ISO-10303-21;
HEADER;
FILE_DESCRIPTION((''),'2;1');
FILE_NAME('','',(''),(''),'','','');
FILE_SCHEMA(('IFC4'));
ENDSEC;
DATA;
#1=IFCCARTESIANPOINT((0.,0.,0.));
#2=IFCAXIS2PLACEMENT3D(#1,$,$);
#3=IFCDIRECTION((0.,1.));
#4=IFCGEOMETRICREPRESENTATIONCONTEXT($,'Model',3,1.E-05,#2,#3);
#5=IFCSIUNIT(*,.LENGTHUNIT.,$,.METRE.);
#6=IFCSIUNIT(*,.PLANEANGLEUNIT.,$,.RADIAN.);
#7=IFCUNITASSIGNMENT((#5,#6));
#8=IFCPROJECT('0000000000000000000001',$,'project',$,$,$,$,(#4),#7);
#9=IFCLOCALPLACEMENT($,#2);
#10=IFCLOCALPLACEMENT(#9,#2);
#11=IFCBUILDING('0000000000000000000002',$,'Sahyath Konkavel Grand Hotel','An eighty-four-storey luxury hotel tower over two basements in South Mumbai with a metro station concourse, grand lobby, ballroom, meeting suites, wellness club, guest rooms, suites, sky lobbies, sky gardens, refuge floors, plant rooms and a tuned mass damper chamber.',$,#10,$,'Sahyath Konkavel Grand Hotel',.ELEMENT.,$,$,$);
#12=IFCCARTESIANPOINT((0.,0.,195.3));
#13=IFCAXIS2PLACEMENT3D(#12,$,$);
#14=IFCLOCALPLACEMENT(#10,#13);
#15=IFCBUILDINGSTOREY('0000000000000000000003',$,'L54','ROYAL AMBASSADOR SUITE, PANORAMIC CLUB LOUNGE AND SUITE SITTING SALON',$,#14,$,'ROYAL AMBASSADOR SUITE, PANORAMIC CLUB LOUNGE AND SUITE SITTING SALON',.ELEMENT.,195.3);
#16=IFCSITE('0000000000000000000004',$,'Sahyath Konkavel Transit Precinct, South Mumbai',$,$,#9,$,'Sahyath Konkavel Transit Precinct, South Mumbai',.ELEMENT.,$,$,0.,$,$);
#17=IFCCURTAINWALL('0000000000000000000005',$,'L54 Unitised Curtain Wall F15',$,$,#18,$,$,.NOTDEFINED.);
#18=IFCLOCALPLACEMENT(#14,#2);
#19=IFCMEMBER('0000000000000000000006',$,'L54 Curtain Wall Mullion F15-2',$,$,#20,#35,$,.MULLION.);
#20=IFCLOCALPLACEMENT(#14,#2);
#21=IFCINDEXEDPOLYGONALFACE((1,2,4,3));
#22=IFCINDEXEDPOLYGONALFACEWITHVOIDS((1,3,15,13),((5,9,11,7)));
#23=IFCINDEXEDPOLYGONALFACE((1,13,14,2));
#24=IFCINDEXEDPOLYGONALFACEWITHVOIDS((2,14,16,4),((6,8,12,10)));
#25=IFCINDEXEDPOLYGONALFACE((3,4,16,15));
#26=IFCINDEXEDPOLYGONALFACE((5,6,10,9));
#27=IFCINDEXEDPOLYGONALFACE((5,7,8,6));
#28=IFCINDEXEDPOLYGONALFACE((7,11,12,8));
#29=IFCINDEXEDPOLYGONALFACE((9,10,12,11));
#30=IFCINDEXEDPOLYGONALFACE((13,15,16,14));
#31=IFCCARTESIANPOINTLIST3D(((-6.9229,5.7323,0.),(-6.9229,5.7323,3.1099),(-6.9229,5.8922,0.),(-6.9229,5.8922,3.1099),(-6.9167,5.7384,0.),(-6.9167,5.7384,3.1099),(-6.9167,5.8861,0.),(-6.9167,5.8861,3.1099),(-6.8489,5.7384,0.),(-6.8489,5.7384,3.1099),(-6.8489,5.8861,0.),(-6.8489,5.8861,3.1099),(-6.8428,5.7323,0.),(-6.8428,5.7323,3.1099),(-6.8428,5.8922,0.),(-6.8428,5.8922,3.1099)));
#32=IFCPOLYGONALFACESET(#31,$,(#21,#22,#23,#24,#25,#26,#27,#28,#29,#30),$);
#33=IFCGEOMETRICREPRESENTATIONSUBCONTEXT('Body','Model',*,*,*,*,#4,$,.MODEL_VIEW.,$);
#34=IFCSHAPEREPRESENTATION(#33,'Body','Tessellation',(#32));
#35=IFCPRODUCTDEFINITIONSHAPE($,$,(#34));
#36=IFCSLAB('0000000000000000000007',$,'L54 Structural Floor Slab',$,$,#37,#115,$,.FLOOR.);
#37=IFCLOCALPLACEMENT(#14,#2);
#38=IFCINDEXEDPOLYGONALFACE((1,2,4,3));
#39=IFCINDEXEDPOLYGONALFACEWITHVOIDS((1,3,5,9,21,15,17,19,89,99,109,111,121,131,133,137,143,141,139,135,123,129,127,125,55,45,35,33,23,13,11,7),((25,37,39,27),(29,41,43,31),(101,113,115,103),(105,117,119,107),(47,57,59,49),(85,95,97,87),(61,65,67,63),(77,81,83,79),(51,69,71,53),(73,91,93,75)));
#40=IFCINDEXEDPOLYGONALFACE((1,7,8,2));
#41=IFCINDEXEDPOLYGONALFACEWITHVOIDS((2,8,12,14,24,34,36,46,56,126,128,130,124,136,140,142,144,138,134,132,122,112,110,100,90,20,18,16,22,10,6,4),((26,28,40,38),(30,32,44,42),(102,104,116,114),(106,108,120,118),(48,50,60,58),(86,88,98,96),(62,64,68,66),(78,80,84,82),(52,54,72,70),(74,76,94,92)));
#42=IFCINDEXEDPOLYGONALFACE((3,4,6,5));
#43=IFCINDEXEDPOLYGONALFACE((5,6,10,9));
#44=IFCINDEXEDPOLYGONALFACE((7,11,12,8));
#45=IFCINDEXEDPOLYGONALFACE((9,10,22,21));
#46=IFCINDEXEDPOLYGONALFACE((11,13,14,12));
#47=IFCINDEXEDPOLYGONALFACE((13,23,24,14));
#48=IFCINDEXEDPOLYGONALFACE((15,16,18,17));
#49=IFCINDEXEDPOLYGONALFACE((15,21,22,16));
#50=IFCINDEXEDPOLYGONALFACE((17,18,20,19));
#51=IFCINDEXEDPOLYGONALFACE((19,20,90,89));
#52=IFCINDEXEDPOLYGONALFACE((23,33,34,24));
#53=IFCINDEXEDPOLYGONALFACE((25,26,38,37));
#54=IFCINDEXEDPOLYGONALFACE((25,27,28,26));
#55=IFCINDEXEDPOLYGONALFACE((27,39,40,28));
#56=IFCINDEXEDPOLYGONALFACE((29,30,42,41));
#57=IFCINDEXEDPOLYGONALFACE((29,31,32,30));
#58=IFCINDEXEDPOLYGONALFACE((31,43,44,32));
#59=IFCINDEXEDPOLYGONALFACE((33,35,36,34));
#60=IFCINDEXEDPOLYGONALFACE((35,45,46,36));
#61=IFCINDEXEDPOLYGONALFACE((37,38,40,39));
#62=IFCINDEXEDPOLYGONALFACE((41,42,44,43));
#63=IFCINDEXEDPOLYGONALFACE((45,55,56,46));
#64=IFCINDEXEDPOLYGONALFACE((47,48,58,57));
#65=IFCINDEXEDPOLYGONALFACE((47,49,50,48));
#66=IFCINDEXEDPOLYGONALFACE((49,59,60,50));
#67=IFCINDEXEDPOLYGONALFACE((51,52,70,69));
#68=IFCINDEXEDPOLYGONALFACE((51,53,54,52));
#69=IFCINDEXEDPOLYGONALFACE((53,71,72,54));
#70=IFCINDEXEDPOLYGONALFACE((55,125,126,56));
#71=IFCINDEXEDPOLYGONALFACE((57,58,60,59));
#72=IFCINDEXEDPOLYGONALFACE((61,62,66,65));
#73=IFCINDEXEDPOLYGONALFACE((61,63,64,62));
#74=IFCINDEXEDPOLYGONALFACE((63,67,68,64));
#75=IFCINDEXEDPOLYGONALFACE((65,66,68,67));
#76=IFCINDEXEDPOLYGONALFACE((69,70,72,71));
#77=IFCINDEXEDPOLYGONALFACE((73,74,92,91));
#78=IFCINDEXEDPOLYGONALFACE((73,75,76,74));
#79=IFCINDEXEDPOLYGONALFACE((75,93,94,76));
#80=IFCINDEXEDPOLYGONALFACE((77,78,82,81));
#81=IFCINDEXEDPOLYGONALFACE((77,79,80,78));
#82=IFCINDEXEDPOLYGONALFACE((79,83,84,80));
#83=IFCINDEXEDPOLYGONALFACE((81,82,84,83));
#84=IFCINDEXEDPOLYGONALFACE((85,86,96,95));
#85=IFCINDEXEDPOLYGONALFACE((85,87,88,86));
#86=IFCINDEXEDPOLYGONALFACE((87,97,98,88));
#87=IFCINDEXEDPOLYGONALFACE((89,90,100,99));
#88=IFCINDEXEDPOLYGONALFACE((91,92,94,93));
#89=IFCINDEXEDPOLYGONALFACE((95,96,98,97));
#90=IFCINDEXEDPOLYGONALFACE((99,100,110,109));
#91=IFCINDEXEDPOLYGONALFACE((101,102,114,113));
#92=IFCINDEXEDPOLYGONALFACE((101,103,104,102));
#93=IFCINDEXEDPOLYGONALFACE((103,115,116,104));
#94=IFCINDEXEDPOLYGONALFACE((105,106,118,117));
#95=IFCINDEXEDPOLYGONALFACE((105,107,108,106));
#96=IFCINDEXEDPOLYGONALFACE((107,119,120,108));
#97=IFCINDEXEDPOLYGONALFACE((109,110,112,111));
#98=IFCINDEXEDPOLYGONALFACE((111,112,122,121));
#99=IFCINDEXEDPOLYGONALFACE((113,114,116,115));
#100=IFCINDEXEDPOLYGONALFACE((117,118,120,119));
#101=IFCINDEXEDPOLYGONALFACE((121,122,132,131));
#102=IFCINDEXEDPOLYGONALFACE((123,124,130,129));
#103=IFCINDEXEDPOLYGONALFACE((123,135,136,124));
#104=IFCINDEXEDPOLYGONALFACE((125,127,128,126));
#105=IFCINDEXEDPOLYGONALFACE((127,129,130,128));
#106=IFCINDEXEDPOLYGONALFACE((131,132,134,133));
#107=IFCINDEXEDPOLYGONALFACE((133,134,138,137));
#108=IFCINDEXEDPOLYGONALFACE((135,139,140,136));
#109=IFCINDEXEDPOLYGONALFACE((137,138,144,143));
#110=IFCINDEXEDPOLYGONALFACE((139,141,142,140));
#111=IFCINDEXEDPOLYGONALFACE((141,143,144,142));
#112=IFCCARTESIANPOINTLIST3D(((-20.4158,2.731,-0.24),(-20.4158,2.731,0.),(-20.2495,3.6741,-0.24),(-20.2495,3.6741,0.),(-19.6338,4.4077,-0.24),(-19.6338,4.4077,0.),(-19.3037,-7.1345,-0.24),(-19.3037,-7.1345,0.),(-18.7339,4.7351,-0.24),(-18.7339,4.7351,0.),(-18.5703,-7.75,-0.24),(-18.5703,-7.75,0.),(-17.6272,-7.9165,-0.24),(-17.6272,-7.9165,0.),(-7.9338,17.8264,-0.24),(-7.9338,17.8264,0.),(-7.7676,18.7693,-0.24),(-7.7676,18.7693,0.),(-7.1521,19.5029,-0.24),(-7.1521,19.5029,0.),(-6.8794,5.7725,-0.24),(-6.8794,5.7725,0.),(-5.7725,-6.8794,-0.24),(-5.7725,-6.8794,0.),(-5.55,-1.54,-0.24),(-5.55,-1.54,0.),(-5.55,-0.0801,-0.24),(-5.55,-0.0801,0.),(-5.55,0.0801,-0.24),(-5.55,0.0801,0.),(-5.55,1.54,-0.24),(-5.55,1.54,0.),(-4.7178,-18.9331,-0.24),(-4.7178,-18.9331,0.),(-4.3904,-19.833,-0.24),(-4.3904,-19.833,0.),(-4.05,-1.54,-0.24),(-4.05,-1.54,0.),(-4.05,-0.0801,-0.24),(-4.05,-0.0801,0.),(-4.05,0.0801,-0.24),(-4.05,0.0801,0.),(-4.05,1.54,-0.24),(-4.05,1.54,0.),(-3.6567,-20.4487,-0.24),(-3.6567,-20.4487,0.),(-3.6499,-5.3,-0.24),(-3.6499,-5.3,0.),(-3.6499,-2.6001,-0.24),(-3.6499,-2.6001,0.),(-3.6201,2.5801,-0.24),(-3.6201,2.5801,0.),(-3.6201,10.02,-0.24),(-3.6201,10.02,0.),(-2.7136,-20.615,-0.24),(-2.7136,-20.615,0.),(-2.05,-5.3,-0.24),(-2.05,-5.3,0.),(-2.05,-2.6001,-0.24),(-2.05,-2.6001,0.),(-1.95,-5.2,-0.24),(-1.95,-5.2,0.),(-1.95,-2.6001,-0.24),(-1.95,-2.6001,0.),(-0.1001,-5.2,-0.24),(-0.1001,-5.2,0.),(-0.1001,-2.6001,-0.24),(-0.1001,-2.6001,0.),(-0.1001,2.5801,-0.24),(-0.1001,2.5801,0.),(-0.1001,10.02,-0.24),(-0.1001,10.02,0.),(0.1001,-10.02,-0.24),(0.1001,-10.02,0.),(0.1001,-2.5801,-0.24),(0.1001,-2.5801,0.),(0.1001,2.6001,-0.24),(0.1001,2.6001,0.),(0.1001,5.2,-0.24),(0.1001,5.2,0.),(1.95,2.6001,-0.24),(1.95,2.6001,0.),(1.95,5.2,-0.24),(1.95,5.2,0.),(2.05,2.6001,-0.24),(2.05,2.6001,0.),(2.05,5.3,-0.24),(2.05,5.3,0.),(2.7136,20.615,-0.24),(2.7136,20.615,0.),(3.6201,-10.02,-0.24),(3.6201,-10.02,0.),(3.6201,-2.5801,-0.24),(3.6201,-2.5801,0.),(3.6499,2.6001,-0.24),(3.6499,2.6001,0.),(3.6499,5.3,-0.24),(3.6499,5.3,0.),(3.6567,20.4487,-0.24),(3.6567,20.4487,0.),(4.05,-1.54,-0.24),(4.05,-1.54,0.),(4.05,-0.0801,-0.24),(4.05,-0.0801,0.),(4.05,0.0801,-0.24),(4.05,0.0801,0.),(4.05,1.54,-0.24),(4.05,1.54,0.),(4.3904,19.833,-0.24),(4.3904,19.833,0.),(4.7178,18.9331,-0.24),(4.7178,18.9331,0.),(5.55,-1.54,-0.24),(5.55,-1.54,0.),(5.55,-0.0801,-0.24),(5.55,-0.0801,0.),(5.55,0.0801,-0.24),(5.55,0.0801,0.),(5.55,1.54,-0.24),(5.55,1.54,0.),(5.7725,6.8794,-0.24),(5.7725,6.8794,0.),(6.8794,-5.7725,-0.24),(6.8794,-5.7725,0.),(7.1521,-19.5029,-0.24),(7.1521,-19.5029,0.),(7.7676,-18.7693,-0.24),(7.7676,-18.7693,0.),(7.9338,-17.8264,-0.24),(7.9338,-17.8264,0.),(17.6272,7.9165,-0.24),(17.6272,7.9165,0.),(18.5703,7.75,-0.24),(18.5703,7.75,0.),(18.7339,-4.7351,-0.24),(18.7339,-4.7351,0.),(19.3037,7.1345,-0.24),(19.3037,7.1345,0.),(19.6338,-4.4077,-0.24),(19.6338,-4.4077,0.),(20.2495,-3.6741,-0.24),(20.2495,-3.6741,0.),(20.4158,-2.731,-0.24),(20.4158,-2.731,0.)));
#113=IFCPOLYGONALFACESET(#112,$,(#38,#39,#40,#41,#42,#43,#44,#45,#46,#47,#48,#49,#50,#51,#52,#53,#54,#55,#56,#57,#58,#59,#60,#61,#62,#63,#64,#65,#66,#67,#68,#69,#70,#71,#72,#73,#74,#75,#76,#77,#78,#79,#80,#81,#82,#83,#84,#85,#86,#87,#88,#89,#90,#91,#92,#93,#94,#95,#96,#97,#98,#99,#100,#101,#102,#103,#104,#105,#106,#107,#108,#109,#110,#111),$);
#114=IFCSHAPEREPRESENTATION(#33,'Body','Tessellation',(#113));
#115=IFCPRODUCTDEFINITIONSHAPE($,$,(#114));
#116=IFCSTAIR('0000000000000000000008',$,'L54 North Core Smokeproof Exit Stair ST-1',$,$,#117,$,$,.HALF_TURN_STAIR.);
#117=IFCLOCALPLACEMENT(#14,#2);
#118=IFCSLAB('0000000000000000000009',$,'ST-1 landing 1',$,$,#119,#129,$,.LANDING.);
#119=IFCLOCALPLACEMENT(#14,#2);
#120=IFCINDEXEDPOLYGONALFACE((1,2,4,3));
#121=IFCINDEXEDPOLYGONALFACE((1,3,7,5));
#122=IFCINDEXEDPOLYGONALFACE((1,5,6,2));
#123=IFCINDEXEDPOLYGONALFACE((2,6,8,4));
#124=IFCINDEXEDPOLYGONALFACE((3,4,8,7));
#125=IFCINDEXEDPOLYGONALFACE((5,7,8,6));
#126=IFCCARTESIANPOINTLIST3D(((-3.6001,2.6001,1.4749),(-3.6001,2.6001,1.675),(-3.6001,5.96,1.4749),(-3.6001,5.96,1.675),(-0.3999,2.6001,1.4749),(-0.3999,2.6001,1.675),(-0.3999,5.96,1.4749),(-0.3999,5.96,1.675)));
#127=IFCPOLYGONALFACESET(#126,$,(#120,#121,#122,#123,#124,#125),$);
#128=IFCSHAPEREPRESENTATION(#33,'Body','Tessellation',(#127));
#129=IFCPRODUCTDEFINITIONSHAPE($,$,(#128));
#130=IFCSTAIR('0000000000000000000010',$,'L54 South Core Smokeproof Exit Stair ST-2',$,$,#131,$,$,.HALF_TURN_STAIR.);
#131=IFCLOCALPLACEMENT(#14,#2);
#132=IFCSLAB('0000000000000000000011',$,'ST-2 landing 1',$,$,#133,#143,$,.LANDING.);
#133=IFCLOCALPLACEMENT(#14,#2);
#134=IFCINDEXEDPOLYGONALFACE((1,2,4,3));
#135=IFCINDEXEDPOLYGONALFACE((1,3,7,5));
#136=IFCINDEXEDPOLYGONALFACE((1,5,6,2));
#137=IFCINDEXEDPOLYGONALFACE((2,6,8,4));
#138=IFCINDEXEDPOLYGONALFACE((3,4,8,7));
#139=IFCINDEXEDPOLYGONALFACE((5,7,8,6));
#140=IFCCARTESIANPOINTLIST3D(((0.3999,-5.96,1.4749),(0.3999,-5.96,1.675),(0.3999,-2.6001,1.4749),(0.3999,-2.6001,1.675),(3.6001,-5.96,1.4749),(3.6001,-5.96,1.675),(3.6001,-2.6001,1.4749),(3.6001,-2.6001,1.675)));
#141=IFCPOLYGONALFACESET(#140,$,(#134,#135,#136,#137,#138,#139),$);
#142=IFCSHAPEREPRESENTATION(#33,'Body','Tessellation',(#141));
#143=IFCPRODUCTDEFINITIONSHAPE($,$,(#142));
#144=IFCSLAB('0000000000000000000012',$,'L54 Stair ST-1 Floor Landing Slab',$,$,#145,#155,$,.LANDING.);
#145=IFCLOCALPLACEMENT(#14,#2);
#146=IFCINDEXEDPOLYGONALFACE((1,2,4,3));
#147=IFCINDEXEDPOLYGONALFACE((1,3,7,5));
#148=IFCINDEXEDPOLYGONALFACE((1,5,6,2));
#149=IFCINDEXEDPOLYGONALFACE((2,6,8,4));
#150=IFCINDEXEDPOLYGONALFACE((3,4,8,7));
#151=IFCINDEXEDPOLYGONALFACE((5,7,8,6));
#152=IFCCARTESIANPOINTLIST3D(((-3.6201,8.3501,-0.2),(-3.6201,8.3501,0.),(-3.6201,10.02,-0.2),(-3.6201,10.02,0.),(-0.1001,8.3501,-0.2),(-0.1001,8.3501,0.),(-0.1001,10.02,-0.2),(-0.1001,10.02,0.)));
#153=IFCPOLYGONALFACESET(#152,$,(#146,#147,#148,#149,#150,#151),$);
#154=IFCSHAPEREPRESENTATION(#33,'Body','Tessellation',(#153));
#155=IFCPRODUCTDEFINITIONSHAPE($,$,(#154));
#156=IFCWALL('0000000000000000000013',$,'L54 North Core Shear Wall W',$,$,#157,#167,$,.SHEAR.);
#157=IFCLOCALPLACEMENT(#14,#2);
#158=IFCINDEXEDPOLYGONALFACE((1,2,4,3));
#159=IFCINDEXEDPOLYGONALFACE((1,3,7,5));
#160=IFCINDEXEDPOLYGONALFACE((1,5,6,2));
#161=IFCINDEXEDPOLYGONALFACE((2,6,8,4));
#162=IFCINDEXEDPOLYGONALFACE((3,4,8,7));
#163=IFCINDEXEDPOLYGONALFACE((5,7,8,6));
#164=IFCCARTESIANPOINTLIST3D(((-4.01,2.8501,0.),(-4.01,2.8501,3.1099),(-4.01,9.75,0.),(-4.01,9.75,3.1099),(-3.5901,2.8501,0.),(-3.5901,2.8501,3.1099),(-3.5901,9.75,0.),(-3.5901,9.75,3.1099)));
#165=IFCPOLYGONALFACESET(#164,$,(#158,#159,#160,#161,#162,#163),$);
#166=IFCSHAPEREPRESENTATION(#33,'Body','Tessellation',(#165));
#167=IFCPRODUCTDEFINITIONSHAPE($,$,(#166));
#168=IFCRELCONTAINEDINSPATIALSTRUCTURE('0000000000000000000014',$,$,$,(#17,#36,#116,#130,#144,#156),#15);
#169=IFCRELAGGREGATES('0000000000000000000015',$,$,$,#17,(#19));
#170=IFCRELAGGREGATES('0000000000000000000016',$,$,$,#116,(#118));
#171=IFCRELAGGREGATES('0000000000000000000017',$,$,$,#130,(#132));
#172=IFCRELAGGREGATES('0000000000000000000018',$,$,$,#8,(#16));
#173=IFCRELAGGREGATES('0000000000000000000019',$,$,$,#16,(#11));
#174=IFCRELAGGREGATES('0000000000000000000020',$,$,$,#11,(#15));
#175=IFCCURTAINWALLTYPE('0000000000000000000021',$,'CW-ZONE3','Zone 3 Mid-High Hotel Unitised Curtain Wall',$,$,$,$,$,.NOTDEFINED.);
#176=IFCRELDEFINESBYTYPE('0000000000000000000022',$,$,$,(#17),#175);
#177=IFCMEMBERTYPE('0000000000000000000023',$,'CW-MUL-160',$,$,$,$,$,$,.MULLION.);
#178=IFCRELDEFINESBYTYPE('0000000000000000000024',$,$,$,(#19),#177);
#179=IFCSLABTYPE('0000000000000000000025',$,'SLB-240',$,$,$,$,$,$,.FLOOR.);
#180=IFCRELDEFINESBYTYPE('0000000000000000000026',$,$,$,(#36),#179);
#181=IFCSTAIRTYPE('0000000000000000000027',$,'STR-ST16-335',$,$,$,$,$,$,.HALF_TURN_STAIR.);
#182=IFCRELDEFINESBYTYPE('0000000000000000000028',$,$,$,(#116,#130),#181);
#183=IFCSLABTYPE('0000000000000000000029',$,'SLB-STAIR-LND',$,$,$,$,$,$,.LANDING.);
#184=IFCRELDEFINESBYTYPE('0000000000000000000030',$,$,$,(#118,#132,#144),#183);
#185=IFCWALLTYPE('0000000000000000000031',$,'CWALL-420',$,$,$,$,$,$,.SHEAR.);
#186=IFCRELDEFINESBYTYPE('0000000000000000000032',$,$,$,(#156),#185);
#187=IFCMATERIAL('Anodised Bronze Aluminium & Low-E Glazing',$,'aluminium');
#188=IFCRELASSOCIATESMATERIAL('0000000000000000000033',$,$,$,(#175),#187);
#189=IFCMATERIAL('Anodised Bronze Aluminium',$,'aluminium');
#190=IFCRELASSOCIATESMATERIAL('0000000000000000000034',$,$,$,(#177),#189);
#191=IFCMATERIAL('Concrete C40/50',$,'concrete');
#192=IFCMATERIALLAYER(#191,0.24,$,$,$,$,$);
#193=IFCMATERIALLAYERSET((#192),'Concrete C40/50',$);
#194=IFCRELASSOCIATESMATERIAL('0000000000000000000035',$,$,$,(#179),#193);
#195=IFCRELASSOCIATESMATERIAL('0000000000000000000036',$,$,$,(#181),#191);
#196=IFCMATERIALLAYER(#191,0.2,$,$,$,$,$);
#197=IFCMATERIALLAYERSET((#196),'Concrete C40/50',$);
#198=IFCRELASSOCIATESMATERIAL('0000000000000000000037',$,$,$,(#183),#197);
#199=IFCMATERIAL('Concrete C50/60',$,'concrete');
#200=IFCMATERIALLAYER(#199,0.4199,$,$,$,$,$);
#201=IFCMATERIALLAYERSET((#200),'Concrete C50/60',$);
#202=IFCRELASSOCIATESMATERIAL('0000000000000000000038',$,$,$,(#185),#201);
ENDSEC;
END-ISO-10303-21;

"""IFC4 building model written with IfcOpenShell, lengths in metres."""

from ifc_helpers import new_model, si_unit, direction, frame, frame_2d, origin, origin_2d, place, context, subcontext, project, spatial, polyline, rectangle, hollow_rectangle, outline, extrude, source, transform, mapped, material, layer, layer_set, material_profile, profile_set, type_object, element, aggregate, save


model = new_model("IFC4")

# Units and contexts
model_context = context("Model", 3, precision=1e-05, world=origin(), true_north=direction((0.0, 1.0)))
body_context = subcontext(model_context, "Body", "Model", "MODEL_VIEW")
ifc_project = project(units=[si_unit("LENGTHUNIT", "METRE"), si_unit("PLANEANGLEUNIT", "RADIAN")], contexts=[model_context])

# Site, building, storey
site_placement = place(None, origin())
site = spatial("IfcSite", under=ifc_project, at=site_placement, Name="Sahyath Konkavel Transit Precinct, South Mumbai", LongName="Sahyath Konkavel Transit Precinct, South Mumbai", CompositionType="ELEMENT", RefElevation=0.0)
building_placement = place(site_placement, origin())
building = spatial("IfcBuilding", under=site, at=building_placement, Name="Sahyath Konkavel Grand Hotel", Description="An eighty-four-storey luxury hotel tower over two basements in South Mumbai with a metro station concourse, grand lobby, ballroom, meeting suites, wellness club, guest rooms, suites, sky lobbies, sky gardens, refuge floors, plant rooms and a tuned mass damper chamber.", LongName="Sahyath Konkavel Grand Hotel", CompositionType="ELEMENT")
storey_placement = place(building_placement, frame((0.0, 0.0, 195.3)))
storey = spatial("IfcBuildingStorey", under=building, at=storey_placement, Name="L54", Description="ROYAL AMBASSADOR SUITE, PANORAMIC CLUB LOUNGE AND SUITE SITTING SALON", LongName="ROYAL AMBASSADOR SUITE, PANORAMIC CLUB LOUNGE AND SUITE SITTING SALON", CompositionType="ELEMENT", Elevation=195.3)

# Shared definitions
ifc_material_1 = material(Name="Concrete C50/60", Category="concrete")

# Curtain wall, member
ifc_material_2 = material(Name="Anodised Bronze Aluminium & Low-E Glazing", Category="aluminium")
curtain_wall_type = type_object("IfcCurtainWallType", Name="CW-ZONE3", Description="Zone 3 Mid-High Hotel Unitised Curtain Wall", PredefinedType="NOTDEFINED", material=ifc_material_2)
curtain_wall_placement = place(storey_placement, origin())
curtain_wall = element("IfcCurtainWall", 1, at=curtain_wall_placement, inside=storey, type_object=curtain_wall_type, Name="L54 Unitised Curtain Wall F15", PredefinedType="NOTDEFINED")
ifc_material_3 = material(Name="Anodised Bronze Aluminium", Category="aluminium")
ifc_material_profile_1 = material_profile(ifc_material_3, hollow_rectangle(XDim=0.0801, YDim=0.1599, WallThickness=0.0061, at=origin_2d()), Name="RHS 160x80x6")
ifc_profile_set_1 = profile_set([ifc_material_profile_1], Name="Anodised Bronze Aluminium")
member_type = type_object("IfcMemberType", Name="CW-MUL-160", PredefinedType="MULLION", material=ifc_profile_set_1)
shared_shape_1 = source(origin(), body_context, "Body", "SweptSolid", [
    extrude(hollow_rectangle(XDim=0.0801, YDim=0.1599, WallThickness=0.0061, at=origin_2d()), origin(), (0.0, 0.0, 1.0), 3.1099),
])
member_placement = place(storey_placement, frame((-6.8828, 5.8123, 0.0), z_axis=(0.0, 0.0, 1.0), x_axis=(1.0, 0.0, 0.0)))
member = element("IfcMember", 2, at=member_placement, type_object=member_type, Name="L54 Curtain Wall Mullion F15-2", PredefinedType="MULLION", context=body_context, shape_type="MappedRepresentation", body=[
    mapped(shared_shape_1, transform((0.0, 0.0, 0.0), scale=1.0)),
])
aggregate(curtain_wall, [member])

# Slab
ifc_material_4 = material(Name="Concrete C40/50", Category="concrete")
ifc_layer_1 = layer(ifc_material_4, 0.24)
ifc_layer_set_1 = layer_set([ifc_layer_1], Name="Concrete C40/50")
slab_type_1 = type_object("IfcSlabType", Name="SLB-240", PredefinedType="FLOOR", material=ifc_layer_set_1)
slab_1_placement = place(storey_placement, frame((0.0, 0.0, -0.24)))
element("IfcSlab", 3, at=slab_1_placement, inside=storey, type_object=slab_type_1, Name="L54 Structural Floor Slab", PredefinedType="FLOOR", context=body_context, shape_type="SweptSolid", body=[
    extrude(outline(polyline([(6.8794, -5.7725), (18.7339, -4.7351), (19.6338, -4.4077), (20.2495, -3.6741), (20.4158, -2.731), (19.3037, 7.1345), (18.5703, 7.75), (17.6272, 7.9165), (5.7725, 6.8794), (4.7178, 18.9331), (4.3904, 19.833), (3.6567, 20.4487), (2.7136, 20.615), (-7.1521, 19.5029), (-7.7676, 18.7693), (-7.9338, 17.8264), (-6.8794, 5.7725), (-18.7339, 4.7351), (-19.6338, 4.4077), (-20.2495, 3.6741), (-20.4158, 2.731), (-19.3037, -7.1345), (-18.5703, -7.75), (-17.6272, -7.9165), (-5.7725, -6.8794), (-4.7178, -18.9331), (-4.3904, -19.833), (-3.6567, -20.4487), (-2.7136, -20.615), (7.1521, -19.5029), (7.7676, -18.7693), (7.9338, -17.8264), (6.8794, -5.7725)]), holes=[polyline([(-3.6201, 2.5801), (-0.1001, 2.5801), (-0.1001, 10.02), (-3.6201, 10.02), (-3.6201, 2.5801)]), polyline([(0.1001, -10.02), (3.6201, -10.02), (3.6201, -2.5801), (0.1001, -2.5801), (0.1001, -10.02)]), polyline([(0.1001, 2.6001), (1.95, 2.6001), (1.95, 5.2), (0.1001, 5.2), (0.1001, 2.6001)]), polyline([(-1.95, -5.2), (-0.1001, -5.2), (-0.1001, -2.6001), (-1.95, -2.6001), (-1.95, -5.2)]), polyline([(2.05, 2.6001), (3.6499, 2.6001), (3.6499, 5.3), (2.05, 5.3), (2.05, 2.6001)]), polyline([(-3.6499, -5.3), (-2.05, -5.3), (-2.05, -2.6001), (-3.6499, -2.6001), (-3.6499, -5.3)]), polyline([(4.05, 0.0801), (5.55, 0.0801), (5.55, 1.54), (4.05, 1.54), (4.05, 0.0801)]), polyline([(4.05, -1.54), (5.55, -1.54), (5.55, -0.0801), (4.05, -0.0801), (4.05, -1.54)]), polyline([(-5.55, 0.0801), (-4.05, 0.0801), (-4.05, 1.54), (-5.55, 1.54), (-5.55, 0.0801)]), polyline([(-5.55, -1.54), (-4.05, -1.54), (-4.05, -0.0801), (-5.55, -0.0801), (-5.55, -1.54)])]), origin(), (0.0, 0.0, 1.0), 0.24),
])

# Stairs, slabs
stair_type = type_object("IfcStairType", Name="STR-ST16-335", PredefinedType="HALF_TURN_STAIR", material=ifc_material_4)
stair_1_placement = place(storey_placement, origin())
stair_1 = element("IfcStair", 4, at=stair_1_placement, inside=storey, type_object=stair_type, Name="L54 North Core Smokeproof Exit Stair ST-1", PredefinedType="HALF_TURN_STAIR")
ifc_layer_2 = layer(ifc_material_4, 0.2)
ifc_layer_set_2 = layer_set([ifc_layer_2], Name="Concrete C40/50")
slab_type_2 = type_object("IfcSlabType", Name="SLB-STAIR-LND", PredefinedType="LANDING", material=ifc_layer_set_2)
slab_2_placement = place(storey_placement, frame((0.0, 0.0, 1.4749)))
slab_2 = element("IfcSlab", 5, at=slab_2_placement, type_object=slab_type_2, Name="ST-1 landing 1", PredefinedType="LANDING", context=body_context, shape_type="SweptSolid", body=[
    extrude(outline(polyline([(-3.6001, 5.96), (-3.6001, 2.6001), (-0.3999, 2.6001), (-0.3999, 5.96), (-3.6001, 5.96)])), origin(), (0.0, 0.0, 1.0), 0.2002),
])
aggregate(stair_1, [slab_2])
stair_2_placement = place(storey_placement, origin())
stair_2 = element("IfcStair", 6, at=stair_2_placement, inside=storey, type_object=stair_type, Name="L54 South Core Smokeproof Exit Stair ST-2", PredefinedType="HALF_TURN_STAIR")
slab_3_placement = place(storey_placement, frame((0.0, 0.0, 1.4749)))
slab_3 = element("IfcSlab", 7, at=slab_3_placement, type_object=slab_type_2, Name="ST-2 landing 1", PredefinedType="LANDING", context=body_context, shape_type="SweptSolid", body=[
    extrude(outline(polyline([(3.6001, -5.96), (3.6001, -2.6001), (0.3999, -2.6001), (0.3999, -5.96), (3.6001, -5.96)])), origin(), (0.0, 0.0, 1.0), 0.2002),
])
aggregate(stair_2, [slab_3])

# Slab
slab_4_placement = place(storey_placement, frame((0.0, 0.0, -0.2)))
element("IfcSlab", 8, at=slab_4_placement, inside=storey, type_object=slab_type_2, Name="L54 Stair ST-1 Floor Landing Slab", PredefinedType="LANDING", context=body_context, shape_type="SweptSolid", body=[
    extrude(outline(polyline([(-3.6201, 8.3501), (-0.1001, 8.3501), (-0.1001, 10.02), (-3.6201, 10.02), (-3.6201, 8.3501)])), origin(), (0.0, 0.0, 1.0), 0.2),
])

# Wall
ifc_layer_3 = layer(ifc_material_1, 0.4199)
ifc_layer_set_3 = layer_set([ifc_layer_3], Name="Concrete C50/60")
wall_type_1 = type_object("IfcWallType", Name="CWALL-420", PredefinedType="SHEAR", material=ifc_layer_set_3)
wall_1_placement = place(storey_placement, frame((-3.8, 2.8501, 0.0), z_axis=(0.0, 0.0, 1.0), x_axis=(0.0, 1.0, 0.0)))
element("IfcWall", 9, at=wall_1_placement, inside=storey, type_object=wall_type_1, Name="L54 North Core Shear Wall W", PredefinedType="SHEAR", context=body_context, shape_type="SweptSolid", body=[
    extrude(rectangle(XDim=6.8999, YDim=0.4199, at=frame_2d((3.45, 0.0))), origin(), (0.0, 0.0, 1.0), 3.1099),
])

save(model, "model.ifc")
